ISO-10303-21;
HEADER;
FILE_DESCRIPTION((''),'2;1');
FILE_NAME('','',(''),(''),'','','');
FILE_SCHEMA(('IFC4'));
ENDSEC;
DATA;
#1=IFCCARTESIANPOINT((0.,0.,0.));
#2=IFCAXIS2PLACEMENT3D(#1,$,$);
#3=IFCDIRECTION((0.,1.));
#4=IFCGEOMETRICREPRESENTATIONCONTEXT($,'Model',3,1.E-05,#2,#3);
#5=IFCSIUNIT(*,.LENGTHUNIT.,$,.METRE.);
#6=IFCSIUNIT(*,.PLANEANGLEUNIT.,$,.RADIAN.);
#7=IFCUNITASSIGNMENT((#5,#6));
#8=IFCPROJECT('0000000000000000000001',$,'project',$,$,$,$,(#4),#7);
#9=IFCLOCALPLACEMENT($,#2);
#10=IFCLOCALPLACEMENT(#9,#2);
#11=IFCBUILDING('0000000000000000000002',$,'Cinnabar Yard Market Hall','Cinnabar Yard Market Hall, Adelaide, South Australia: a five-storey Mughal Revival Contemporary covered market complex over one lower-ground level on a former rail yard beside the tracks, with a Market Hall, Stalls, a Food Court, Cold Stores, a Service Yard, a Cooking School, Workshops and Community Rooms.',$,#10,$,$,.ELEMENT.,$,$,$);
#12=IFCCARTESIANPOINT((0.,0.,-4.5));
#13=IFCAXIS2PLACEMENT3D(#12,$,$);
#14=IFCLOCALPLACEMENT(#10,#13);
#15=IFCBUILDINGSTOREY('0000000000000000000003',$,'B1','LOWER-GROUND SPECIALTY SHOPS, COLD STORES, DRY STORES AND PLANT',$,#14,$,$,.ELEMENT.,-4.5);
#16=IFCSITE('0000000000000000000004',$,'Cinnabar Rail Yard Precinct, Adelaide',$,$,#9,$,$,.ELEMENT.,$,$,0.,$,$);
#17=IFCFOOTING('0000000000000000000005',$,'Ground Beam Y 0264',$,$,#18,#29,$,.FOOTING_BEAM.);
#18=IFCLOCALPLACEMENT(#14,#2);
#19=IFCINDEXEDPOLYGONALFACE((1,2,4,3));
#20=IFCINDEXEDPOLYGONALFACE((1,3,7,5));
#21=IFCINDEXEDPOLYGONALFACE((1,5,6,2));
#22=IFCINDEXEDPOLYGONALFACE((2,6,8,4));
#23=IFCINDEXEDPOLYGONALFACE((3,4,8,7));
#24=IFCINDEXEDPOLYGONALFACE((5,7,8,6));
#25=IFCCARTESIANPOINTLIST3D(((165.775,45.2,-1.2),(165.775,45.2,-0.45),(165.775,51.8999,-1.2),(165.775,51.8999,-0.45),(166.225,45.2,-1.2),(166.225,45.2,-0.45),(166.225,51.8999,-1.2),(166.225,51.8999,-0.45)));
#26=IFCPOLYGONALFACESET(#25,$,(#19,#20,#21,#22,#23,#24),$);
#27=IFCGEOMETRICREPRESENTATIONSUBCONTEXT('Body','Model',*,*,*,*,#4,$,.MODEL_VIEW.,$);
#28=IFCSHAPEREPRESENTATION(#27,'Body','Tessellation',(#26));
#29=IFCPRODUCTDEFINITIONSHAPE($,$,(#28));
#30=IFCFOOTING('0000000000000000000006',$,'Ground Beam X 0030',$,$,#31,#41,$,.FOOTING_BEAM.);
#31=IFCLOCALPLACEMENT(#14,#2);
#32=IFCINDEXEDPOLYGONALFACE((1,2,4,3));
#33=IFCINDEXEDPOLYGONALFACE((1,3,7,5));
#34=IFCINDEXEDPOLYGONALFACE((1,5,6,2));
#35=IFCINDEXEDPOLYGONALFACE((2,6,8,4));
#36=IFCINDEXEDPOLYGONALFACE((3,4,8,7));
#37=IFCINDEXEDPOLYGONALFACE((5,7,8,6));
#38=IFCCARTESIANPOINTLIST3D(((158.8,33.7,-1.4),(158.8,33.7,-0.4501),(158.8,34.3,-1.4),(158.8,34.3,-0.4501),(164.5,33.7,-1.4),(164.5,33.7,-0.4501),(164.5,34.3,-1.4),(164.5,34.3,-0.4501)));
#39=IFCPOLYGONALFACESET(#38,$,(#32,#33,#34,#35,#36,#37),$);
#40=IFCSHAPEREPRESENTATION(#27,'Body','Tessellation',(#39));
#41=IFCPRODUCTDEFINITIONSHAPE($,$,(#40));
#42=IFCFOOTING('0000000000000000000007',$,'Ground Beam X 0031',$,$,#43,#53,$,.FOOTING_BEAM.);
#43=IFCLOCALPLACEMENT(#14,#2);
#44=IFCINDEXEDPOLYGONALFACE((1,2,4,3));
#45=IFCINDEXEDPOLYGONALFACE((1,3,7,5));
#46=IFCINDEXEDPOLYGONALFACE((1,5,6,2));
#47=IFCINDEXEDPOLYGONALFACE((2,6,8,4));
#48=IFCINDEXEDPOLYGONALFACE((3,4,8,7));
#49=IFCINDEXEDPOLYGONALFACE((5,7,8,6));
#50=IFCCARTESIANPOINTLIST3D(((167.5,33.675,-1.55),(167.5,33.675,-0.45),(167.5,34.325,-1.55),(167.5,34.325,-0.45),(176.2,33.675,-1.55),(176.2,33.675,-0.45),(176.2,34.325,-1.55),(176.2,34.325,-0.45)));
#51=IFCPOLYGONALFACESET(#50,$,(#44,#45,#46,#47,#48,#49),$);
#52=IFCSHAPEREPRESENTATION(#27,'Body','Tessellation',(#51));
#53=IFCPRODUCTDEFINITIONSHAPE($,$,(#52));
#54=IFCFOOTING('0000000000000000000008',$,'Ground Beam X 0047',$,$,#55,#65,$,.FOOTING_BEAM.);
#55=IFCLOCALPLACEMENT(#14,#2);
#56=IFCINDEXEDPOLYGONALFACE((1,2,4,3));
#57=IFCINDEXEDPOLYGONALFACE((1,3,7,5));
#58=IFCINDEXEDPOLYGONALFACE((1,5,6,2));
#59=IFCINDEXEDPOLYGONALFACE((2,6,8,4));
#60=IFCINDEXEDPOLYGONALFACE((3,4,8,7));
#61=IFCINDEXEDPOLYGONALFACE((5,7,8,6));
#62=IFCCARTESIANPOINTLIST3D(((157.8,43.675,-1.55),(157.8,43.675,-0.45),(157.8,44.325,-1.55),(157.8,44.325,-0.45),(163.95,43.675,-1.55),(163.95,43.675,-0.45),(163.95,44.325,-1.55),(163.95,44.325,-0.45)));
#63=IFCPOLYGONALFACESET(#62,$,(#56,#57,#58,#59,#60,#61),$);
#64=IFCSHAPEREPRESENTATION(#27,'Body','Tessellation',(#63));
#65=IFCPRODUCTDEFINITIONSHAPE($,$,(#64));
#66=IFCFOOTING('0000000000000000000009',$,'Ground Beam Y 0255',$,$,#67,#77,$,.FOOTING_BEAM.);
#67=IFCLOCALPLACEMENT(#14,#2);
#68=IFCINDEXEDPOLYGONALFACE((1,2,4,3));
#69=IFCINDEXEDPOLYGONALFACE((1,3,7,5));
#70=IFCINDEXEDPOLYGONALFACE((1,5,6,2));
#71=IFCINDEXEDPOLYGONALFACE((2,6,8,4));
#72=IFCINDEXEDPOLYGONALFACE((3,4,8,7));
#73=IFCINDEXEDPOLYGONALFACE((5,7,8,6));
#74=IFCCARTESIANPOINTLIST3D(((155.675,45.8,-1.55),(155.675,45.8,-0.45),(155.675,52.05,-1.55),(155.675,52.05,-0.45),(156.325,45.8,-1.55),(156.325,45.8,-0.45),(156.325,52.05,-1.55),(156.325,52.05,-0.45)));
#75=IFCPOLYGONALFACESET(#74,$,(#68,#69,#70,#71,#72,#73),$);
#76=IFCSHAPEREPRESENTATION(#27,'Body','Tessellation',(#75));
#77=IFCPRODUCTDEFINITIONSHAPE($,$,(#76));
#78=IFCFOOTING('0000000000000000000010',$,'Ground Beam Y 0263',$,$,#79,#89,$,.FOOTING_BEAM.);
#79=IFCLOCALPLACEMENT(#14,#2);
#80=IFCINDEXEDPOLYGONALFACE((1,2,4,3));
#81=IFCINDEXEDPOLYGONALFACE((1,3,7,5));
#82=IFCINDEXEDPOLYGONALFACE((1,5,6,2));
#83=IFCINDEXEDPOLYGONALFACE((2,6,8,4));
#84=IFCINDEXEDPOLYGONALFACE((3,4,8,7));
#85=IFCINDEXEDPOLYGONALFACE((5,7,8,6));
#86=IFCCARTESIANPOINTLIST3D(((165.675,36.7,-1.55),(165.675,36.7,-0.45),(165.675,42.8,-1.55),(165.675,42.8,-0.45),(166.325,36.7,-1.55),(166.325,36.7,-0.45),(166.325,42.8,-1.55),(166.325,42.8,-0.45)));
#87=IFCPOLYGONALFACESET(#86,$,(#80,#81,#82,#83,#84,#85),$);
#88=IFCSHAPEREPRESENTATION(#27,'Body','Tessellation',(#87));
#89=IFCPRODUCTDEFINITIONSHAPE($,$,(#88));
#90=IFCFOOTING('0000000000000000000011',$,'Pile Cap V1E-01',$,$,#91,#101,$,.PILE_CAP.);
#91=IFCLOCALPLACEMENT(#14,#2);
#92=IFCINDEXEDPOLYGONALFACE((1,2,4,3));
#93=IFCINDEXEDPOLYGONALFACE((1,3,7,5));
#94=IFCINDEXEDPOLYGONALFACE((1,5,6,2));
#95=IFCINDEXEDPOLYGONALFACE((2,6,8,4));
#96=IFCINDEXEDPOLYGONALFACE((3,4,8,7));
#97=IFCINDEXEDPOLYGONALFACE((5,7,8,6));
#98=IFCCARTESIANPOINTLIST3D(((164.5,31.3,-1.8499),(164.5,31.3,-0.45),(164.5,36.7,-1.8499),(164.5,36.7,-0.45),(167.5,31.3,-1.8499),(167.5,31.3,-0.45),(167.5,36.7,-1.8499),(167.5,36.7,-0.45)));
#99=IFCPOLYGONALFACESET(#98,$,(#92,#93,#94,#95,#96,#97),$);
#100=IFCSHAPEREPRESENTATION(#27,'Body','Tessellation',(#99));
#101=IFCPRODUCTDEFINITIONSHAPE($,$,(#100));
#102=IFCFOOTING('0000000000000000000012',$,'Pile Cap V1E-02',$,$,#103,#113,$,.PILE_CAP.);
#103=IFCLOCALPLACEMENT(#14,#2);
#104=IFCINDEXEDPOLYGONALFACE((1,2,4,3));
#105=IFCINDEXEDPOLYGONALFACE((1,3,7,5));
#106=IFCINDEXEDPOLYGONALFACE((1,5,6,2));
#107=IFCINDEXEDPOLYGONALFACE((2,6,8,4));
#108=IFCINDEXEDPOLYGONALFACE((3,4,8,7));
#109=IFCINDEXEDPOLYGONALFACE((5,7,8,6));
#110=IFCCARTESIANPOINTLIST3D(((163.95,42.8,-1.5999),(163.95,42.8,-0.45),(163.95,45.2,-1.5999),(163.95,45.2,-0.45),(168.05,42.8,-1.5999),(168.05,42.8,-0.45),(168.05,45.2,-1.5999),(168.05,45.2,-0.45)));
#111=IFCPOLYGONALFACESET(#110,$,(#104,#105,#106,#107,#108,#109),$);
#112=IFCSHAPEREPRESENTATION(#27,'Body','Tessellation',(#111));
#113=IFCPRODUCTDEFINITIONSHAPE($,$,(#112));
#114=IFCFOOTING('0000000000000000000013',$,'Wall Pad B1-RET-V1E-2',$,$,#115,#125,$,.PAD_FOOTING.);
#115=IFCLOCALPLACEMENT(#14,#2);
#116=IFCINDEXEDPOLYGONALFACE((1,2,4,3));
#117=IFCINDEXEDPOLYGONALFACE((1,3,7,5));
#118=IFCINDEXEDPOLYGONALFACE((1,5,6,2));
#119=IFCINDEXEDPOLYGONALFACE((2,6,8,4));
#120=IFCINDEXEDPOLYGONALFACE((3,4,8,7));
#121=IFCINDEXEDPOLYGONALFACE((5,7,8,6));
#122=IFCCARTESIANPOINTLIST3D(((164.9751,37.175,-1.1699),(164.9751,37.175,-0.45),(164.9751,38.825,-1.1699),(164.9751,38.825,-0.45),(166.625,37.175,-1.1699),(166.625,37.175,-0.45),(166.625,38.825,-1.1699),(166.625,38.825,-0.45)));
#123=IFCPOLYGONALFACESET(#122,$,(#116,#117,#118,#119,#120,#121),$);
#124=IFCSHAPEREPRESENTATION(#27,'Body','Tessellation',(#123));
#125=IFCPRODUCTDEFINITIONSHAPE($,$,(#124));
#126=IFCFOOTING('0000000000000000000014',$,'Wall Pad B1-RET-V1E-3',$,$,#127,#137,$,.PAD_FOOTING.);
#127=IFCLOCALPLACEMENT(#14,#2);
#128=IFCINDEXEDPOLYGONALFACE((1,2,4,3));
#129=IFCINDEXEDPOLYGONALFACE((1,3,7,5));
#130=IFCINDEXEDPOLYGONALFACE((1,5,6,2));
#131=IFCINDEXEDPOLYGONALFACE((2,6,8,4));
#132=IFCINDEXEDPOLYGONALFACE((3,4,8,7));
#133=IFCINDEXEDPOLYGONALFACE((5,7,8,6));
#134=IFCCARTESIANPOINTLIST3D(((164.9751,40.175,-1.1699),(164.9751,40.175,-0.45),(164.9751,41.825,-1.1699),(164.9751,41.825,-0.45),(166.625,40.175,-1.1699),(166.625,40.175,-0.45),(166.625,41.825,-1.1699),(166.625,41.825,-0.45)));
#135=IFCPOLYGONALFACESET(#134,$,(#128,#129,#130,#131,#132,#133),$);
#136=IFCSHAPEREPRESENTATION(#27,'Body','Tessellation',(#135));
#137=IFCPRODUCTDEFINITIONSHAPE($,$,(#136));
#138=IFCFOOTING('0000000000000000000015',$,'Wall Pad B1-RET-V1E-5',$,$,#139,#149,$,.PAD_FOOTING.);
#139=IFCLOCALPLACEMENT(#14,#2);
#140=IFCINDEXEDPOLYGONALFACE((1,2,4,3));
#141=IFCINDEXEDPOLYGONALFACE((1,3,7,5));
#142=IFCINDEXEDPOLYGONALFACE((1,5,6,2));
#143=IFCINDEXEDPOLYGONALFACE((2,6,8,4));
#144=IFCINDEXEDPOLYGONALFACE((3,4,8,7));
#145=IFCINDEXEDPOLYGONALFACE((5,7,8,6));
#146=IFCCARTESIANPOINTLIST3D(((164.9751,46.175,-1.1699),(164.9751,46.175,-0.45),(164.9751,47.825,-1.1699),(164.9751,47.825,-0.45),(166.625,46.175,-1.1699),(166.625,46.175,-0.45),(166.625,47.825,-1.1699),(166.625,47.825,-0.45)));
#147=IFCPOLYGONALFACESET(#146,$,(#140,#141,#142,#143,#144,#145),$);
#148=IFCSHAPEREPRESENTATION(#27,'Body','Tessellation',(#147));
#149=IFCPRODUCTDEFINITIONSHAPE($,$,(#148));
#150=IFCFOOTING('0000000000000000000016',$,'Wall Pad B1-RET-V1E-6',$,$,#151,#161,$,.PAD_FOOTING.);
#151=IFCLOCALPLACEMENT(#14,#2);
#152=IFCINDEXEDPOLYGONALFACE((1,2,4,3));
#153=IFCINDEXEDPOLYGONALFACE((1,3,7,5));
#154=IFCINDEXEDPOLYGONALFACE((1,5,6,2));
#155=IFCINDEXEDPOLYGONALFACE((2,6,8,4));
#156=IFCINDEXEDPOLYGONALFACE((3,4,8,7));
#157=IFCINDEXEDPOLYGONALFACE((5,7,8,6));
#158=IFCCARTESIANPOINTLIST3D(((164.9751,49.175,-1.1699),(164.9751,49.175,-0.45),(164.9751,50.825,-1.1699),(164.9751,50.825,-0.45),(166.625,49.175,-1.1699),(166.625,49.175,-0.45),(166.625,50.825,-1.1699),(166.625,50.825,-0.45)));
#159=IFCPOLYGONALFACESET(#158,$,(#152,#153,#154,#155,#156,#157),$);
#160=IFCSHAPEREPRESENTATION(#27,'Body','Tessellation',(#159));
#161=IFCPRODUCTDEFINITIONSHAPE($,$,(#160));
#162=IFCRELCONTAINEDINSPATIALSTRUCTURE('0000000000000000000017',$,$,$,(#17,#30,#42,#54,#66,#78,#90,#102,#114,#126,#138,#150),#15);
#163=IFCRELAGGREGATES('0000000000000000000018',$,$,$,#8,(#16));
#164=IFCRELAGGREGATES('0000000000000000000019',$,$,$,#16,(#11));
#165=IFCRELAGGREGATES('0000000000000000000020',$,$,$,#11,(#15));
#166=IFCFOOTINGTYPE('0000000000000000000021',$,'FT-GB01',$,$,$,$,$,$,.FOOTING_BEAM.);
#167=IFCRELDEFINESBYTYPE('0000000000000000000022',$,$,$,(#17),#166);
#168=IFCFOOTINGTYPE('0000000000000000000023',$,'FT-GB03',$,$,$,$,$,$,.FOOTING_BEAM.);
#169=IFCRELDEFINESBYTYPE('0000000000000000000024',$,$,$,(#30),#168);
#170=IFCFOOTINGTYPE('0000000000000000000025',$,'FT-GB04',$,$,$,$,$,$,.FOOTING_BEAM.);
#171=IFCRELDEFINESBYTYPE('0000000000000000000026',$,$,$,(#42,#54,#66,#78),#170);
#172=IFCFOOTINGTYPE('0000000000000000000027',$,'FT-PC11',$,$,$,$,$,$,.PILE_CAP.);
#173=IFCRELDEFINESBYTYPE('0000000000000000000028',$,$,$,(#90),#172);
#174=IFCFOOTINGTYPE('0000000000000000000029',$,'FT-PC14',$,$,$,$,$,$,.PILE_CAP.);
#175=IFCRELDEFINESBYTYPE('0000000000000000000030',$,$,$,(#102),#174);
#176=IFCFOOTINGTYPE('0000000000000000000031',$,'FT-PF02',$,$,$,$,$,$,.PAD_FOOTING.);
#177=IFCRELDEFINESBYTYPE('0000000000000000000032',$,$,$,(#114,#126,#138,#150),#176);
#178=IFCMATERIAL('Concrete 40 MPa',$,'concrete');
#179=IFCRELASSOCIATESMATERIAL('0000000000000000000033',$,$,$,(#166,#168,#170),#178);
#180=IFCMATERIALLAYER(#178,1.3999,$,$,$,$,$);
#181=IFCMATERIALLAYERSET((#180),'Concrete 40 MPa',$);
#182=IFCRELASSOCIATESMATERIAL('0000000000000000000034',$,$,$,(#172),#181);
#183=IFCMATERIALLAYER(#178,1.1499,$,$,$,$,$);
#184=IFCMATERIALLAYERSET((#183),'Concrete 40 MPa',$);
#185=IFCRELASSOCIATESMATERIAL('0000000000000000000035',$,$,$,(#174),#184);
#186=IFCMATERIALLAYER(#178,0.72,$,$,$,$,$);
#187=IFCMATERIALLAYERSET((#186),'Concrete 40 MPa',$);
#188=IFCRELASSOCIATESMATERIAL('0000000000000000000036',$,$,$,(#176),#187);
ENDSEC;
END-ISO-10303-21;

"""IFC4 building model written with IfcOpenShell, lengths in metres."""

from ifc_helpers import new_model, si_unit, direction, frame, origin, origin_2d_with_axis, place, context, subcontext, project, spatial, rectangle, extrude, material, layer, layer_set, material_profile, profile_set, type_object, element, save


model = new_model("IFC4")

# Units and contexts
model_context = context("Model", 3, precision=1e-05, world=origin(), true_north=direction((0.0, 1.0)))
body_context = subcontext(model_context, "Body", "Model", "MODEL_VIEW")
ifc_project = project(units=[si_unit("LENGTHUNIT", "METRE"), si_unit("PLANEANGLEUNIT", "RADIAN")], contexts=[model_context])

# Site, building, storey
site_placement = place(None, origin())
site = spatial("IfcSite", under=ifc_project, at=site_placement, Name="Cinnabar Rail Yard Precinct, Adelaide", CompositionType="ELEMENT", RefElevation=0.0)
building_placement = place(site_placement, origin())
building = spatial("IfcBuilding", under=site, at=building_placement, Name="Cinnabar Yard Market Hall", Description="Cinnabar Yard Market Hall, Adelaide, South Australia: a five-storey Mughal Revival Contemporary covered market complex over one lower-ground level on a former rail yard beside the tracks, with a Market Hall, Stalls, a Food Court, Cold Stores, a Service Yard, a Cooking School, Workshops and Community Rooms.", CompositionType="ELEMENT")
storey_placement = place(building_placement, frame((0.0, 0.0, -4.5)))
storey = spatial("IfcBuildingStorey", under=building, at=storey_placement, Name="B1", Description="LOWER-GROUND SPECIALTY SHOPS, COLD STORES, DRY STORES AND PLANT", CompositionType="ELEMENT", Elevation=-4.5)

# Footings
ifc_material_1 = material(Name="Concrete 40 MPa", Category="concrete")
ifc_material_profile_1 = material_profile(ifc_material_1, rectangle(XDim=0.45, YDim=0.75, at=origin_2d_with_axis()), Name="GB-450x750")
ifc_profile_set_1 = profile_set([ifc_material_profile_1], Name="Concrete 40 MPa")
footing_type_1 = type_object("IfcFootingType", Name="FT-GB01", PredefinedType="FOOTING_BEAM", material=ifc_profile_set_1)
footing_1_placement = place(storey_placement, frame((166.0, 45.2, -0.825), z_axis=(0.0, 1.0, 0.0), x_axis=(-1.0, 0.0, 0.0)))
element("IfcFooting", 1, at=footing_1_placement, inside=storey, type_object=footing_type_1, Name="Ground Beam Y 0264", PredefinedType="FOOTING_BEAM", context=body_context, shape_type="SweptSolid", body=[
    extrude(rectangle(XDim=0.45, YDim=0.75, at=origin_2d_with_axis()), origin(), (0.0, 0.0, 1.0), 6.7),
])
ifc_material_profile_2 = material_profile(ifc_material_1, rectangle(XDim=0.6001, YDim=0.95, at=origin_2d_with_axis()), Name="GB-600x950")
ifc_profile_set_2 = profile_set([ifc_material_profile_2], Name="Concrete 40 MPa")
footing_type_2 = type_object("IfcFootingType", Name="FT-GB03", PredefinedType="FOOTING_BEAM", material=ifc_profile_set_2)
footing_2_placement = place(storey_placement, frame((158.8, 34.0, -0.925), z_axis=(1.0, 0.0, 0.0), x_axis=(0.0, 1.0, 0.0)))
element("IfcFooting", 2, at=footing_2_placement, inside=storey, type_object=footing_type_2, Name="Ground Beam X 0030", PredefinedType="FOOTING_BEAM", context=body_context, shape_type="SweptSolid", body=[
    extrude(rectangle(XDim=0.6001, YDim=0.95, at=origin_2d_with_axis()), origin(), (0.0, 0.0, 1.0), 5.7),
])
ifc_material_profile_3 = material_profile(ifc_material_1, rectangle(XDim=0.6499, YDim=1.1001, at=origin_2d_with_axis()), Name="GB-650x1100")
ifc_profile_set_3 = profile_set([ifc_material_profile_3], Name="Concrete 40 MPa")
footing_type_3 = type_object("IfcFootingType", Name="FT-GB04", PredefinedType="FOOTING_BEAM", material=ifc_profile_set_3)
footing_3_placement = place(storey_placement, frame((167.5, 34.0, -1.0), z_axis=(1.0, 0.0, 0.0), x_axis=(0.0, 1.0, 0.0)))
element("IfcFooting", 3, at=footing_3_placement, inside=storey, type_object=footing_type_3, Name="Ground Beam X 0031", PredefinedType="FOOTING_BEAM", context=body_context, shape_type="SweptSolid", body=[
    extrude(rectangle(XDim=0.6499, YDim=1.1001, at=origin_2d_with_axis()), origin(), (0.0, 0.0, 1.0), 8.7),
])
footing_4_placement = place(storey_placement, frame((157.8, 44.0, -1.0), z_axis=(1.0, 0.0, 0.0), x_axis=(0.0, 1.0, 0.0)))
element("IfcFooting", 4, at=footing_4_placement, inside=storey, type_object=footing_type_3, Name="Ground Beam X 0047", PredefinedType="FOOTING_BEAM", context=body_context, shape_type="SweptSolid", body=[
    extrude(rectangle(XDim=0.6499, YDim=1.1001, at=origin_2d_with_axis()), origin(), (0.0, 0.0, 1.0), 6.1499),
])
footing_5_placement = place(storey_placement, frame((156.0, 45.8, -1.0), z_axis=(0.0, 1.0, 0.0), x_axis=(-1.0, 0.0, 0.0)))
element("IfcFooting", 5, at=footing_5_placement, inside=storey, type_object=footing_type_3, Name="Ground Beam Y 0255", PredefinedType="FOOTING_BEAM", context=body_context, shape_type="SweptSolid", body=[
    extrude(rectangle(XDim=0.6499, YDim=1.1001, at=origin_2d_with_axis()), origin(), (0.0, 0.0, 1.0), 6.25),
])
footing_6_placement = place(storey_placement, frame((166.0, 36.7, -1.0), z_axis=(0.0, 1.0, 0.0), x_axis=(-1.0, 0.0, 0.0)))
element("IfcFooting", 6, at=footing_6_placement, inside=storey, type_object=footing_type_3, Name="Ground Beam Y 0263", PredefinedType="FOOTING_BEAM", context=body_context, shape_type="SweptSolid", body=[
    extrude(rectangle(XDim=0.6499, YDim=1.1001, at=origin_2d_with_axis()), origin(), (0.0, 0.0, 1.0), 6.1001),
])
ifc_layer_1 = layer(ifc_material_1, 1.3999)
ifc_layer_set_1 = layer_set([ifc_layer_1], Name="Concrete 40 MPa")
footing_type_4 = type_object("IfcFootingType", Name="FT-PC11", PredefinedType="PILE_CAP", material=ifc_layer_set_1)
footing_7_placement = place(storey_placement, frame((166.0, 34.0, -1.8499), z_axis=(0.0, 0.0, 1.0), x_axis=(1.0, 0.0, 0.0)))
element("IfcFooting", 7, at=footing_7_placement, inside=storey, type_object=footing_type_4, Name="Pile Cap V1E-01", PredefinedType="PILE_CAP", context=body_context, shape_type="SweptSolid", body=[
    extrude(rectangle(XDim=3.0, YDim=5.3999, at=origin_2d_with_axis()), origin(), (0.0, 0.0, 1.0), 1.3999),
])
ifc_layer_2 = layer(ifc_material_1, 1.1499)
ifc_layer_set_2 = layer_set([ifc_layer_2], Name="Concrete 40 MPa")
footing_type_5 = type_object("IfcFootingType", Name="FT-PC14", PredefinedType="PILE_CAP", material=ifc_layer_set_2)
footing_8_placement = place(storey_placement, frame((166.0, 44.0, -1.5999), z_axis=(0.0, 0.0, 1.0), x_axis=(1.0, 0.0, 0.0)))
element("IfcFooting", 8, at=footing_8_placement, inside=storey, type_object=footing_type_5, Name="Pile Cap V1E-02", PredefinedType="PILE_CAP", context=body_context, shape_type="SweptSolid", body=[
    extrude(rectangle(XDim=4.1001, YDim=2.3999, at=origin_2d_with_axis()), origin(), (0.0, 0.0, 1.0), 1.1499),
])
ifc_layer_3 = layer(ifc_material_1, 0.72)
ifc_layer_set_3 = layer_set([ifc_layer_3], Name="Concrete 40 MPa")
footing_type_6 = type_object("IfcFootingType", Name="FT-PF02", PredefinedType="PAD_FOOTING", material=ifc_layer_set_3)
for number, where, z_axis, x_axis, name in (
    (9, (165.8, 38.0, -1.1699), (0.0, 0.0, 1.0), (1.0, 0.0, 0.0), "Wall Pad B1-RET-V1E-2"),
    (10, (165.8, 41.0, -1.1699), (0.0, 0.0, 1.0), (1.0, 0.0, 0.0), "Wall Pad B1-RET-V1E-3"),
    (11, (165.8, 47.0, -1.1699), (0.0, 0.0, 1.0), (1.0, 0.0, 0.0), "Wall Pad B1-RET-V1E-5"),
    (12, (165.8, 50.0, -1.1699), (0.0, 0.0, 1.0), (1.0, 0.0, 0.0), "Wall Pad B1-RET-V1E-6"),
):
    element("IfcFooting", number, at=place(storey_placement, frame(where, z_axis=z_axis, x_axis=x_axis)), inside=storey, type_object=footing_type_6, Name=name, PredefinedType="PAD_FOOTING", context=body_context, shape_type="SweptSolid", body=[
        extrude(rectangle(XDim=1.6499, YDim=1.6499, at=origin_2d_with_axis()), origin(), (0.0, 0.0, 1.0), 0.72),
    ])

save(model, "model.ifc")
